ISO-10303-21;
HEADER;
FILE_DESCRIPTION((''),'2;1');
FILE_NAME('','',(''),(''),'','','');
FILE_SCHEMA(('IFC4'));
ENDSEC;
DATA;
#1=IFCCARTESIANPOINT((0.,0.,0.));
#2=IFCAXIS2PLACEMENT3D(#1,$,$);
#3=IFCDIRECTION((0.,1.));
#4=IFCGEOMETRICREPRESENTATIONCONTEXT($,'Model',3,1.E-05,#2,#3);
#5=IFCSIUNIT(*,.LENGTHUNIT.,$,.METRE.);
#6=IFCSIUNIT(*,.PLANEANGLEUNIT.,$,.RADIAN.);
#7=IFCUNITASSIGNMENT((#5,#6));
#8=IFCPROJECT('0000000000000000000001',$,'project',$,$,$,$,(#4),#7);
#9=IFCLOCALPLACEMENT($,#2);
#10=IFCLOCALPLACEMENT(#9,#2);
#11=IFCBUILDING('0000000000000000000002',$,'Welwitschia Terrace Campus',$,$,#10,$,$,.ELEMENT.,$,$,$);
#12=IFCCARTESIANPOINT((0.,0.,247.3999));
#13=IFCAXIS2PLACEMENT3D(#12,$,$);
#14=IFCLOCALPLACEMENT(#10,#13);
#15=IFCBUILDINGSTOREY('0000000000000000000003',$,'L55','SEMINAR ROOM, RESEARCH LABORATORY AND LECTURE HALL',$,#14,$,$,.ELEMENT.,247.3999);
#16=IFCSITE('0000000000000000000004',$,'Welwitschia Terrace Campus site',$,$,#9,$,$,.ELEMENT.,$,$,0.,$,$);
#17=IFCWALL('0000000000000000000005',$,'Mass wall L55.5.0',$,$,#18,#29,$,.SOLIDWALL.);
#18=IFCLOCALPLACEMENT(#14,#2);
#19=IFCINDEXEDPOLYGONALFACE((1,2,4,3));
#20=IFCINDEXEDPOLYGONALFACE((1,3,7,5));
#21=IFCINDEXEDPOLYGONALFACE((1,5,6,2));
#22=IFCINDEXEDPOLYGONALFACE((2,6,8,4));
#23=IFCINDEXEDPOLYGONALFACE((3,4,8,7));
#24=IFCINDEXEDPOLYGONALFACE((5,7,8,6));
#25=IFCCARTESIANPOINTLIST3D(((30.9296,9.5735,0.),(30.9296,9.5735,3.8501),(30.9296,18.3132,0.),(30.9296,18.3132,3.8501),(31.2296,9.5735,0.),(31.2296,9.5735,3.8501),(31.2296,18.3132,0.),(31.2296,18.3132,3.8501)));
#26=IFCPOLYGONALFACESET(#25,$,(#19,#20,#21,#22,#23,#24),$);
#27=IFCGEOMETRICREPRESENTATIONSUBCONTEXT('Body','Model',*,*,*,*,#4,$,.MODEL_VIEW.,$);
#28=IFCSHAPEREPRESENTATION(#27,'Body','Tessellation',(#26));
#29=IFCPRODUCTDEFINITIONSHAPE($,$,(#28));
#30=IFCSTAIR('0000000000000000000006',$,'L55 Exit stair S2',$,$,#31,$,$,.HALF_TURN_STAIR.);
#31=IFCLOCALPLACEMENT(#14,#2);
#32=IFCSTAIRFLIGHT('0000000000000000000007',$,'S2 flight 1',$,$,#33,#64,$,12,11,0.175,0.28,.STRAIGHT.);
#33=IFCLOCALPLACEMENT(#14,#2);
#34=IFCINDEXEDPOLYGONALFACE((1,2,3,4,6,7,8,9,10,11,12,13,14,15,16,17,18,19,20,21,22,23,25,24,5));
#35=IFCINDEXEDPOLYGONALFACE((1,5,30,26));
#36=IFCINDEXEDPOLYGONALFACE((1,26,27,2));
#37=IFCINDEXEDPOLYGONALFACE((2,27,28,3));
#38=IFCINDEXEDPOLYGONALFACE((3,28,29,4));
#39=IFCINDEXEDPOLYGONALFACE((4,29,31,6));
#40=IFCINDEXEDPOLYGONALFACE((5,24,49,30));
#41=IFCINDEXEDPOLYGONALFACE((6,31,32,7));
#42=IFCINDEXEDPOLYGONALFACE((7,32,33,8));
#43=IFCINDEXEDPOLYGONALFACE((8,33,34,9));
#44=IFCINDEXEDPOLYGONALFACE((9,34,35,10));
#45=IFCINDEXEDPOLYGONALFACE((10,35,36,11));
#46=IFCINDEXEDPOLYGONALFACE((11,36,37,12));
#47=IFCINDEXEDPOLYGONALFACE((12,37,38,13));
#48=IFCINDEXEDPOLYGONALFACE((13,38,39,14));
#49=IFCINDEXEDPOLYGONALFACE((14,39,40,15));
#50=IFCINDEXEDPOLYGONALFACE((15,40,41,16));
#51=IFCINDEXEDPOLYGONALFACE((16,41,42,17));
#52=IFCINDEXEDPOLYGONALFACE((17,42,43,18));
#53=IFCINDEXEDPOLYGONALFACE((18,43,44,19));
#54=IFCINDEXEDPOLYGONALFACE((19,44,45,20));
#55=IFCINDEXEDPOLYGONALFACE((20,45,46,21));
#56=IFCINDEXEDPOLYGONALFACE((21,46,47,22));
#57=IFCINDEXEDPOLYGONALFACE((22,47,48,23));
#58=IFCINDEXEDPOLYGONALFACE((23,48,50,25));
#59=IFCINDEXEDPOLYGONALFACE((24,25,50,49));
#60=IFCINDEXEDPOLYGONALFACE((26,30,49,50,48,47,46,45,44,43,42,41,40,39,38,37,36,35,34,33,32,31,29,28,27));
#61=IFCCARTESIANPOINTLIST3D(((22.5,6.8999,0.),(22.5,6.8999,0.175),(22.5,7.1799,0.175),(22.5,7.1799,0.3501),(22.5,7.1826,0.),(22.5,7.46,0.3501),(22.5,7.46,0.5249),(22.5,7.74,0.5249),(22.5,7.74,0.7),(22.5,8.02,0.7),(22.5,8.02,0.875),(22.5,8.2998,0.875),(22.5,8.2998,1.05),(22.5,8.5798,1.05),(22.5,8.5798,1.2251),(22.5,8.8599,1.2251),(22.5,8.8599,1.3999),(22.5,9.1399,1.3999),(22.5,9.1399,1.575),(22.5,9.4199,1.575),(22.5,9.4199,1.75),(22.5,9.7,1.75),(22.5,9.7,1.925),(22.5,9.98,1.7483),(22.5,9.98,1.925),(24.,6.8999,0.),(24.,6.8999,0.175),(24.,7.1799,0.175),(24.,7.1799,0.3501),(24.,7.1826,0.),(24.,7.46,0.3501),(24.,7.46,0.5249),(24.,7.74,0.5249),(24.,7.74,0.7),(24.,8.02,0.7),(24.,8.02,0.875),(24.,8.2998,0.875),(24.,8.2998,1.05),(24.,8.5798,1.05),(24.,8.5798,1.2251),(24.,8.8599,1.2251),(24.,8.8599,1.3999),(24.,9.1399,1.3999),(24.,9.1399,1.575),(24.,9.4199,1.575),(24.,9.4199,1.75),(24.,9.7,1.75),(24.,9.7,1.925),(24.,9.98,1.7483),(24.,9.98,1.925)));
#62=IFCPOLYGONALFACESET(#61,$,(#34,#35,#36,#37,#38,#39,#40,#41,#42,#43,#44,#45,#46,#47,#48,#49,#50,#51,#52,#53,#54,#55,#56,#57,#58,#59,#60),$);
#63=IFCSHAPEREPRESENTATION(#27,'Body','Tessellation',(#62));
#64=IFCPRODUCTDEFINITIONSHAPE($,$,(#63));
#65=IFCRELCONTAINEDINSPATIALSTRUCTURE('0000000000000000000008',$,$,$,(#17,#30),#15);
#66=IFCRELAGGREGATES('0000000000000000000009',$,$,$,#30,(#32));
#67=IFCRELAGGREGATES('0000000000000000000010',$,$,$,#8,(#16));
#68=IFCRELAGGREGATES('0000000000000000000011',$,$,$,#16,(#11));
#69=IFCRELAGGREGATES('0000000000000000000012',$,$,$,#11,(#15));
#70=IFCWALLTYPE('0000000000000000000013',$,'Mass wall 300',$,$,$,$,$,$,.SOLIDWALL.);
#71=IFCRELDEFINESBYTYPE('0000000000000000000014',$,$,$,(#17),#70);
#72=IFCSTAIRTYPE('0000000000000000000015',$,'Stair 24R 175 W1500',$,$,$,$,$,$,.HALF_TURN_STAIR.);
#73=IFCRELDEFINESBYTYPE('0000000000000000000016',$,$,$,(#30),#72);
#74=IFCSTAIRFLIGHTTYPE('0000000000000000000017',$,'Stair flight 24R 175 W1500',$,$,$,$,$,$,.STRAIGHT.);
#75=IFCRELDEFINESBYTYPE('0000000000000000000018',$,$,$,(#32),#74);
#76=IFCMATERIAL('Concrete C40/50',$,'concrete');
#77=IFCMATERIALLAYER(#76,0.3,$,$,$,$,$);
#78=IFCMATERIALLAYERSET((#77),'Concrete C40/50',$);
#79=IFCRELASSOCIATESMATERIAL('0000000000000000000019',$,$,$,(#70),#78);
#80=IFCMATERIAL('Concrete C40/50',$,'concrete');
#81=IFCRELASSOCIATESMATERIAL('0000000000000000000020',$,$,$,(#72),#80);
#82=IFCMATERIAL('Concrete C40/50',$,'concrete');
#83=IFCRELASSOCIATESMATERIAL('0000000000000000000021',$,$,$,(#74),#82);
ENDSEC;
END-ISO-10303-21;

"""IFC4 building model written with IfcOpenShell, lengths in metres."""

from ifc_helpers import new_model, si_unit, direction, frame, frame_2d, origin, place, context, subcontext, project, spatial, polyline, rectangle, outline, extrude, material, layer, layer_set, type_object, element, aggregate, save


model = new_model("IFC4")

# Units and contexts
model_context = context("Model", 3, precision=1e-05, world=origin(), true_north=direction((0.0, 1.0)))
body_context = subcontext(model_context, "Body", "Model", "MODEL_VIEW")
ifc_project = project(units=[si_unit("LENGTHUNIT", "METRE"), si_unit("PLANEANGLEUNIT", "RADIAN")], contexts=[model_context])

# Site, building, storey
site_placement = place(None, origin())
site = spatial("IfcSite", under=ifc_project, at=site_placement, Name="Welwitschia Terrace Campus site", CompositionType="ELEMENT", RefElevation=0.0)
building_placement = place(site_placement, origin())
building = spatial("IfcBuilding", under=site, at=building_placement, Name="Welwitschia Terrace Campus", CompositionType="ELEMENT")
storey_placement = place(building_placement, frame((0.0, 0.0, 247.3999)))
storey = spatial("IfcBuildingStorey", under=building, at=storey_placement, Name="L55", Description="SEMINAR ROOM, RESEARCH LABORATORY AND LECTURE HALL", CompositionType="ELEMENT", Elevation=247.3999)

# Wall
ifc_material_1 = material(Name="Concrete C40/50", Category="concrete")
ifc_layer_1 = layer(ifc_material_1, 0.3)
ifc_layer_set_1 = layer_set([ifc_layer_1], Name="Concrete C40/50")
wall_type_1 = type_object("IfcWallType", Name="Mass wall 300", PredefinedType="SOLIDWALL", material=ifc_layer_set_1)
wall_1_placement = place(storey_placement, frame((31.0796, 9.5735, 0.0), z_axis=(0.0, 0.0, 1.0), x_axis=(0.0, 1.0, 0.0)))
element("IfcWall", 1, at=wall_1_placement, inside=storey, type_object=wall_type_1, Name="Mass wall L55.5.0", PredefinedType="SOLIDWALL", context=body_context, shape_type="SweptSolid", body=[
    extrude(rectangle(XDim=8.7397, YDim=0.3, at=frame_2d((4.3699, 0.0))), origin(), (0.0, 0.0, 1.0), 3.8501),
])

# Stair, stair flight
ifc_material_2 = material(Name="Concrete C40/50", Category="concrete")
stair_type = type_object("IfcStairType", Name="Stair 24R 175 W1500", PredefinedType="HALF_TURN_STAIR", material=ifc_material_2)
stair_placement = place(storey_placement, origin())
stair = element("IfcStair", 2, at=stair_placement, inside=storey, type_object=stair_type, Name="L55 Exit stair S2", PredefinedType="HALF_TURN_STAIR")
ifc_material_3 = material(Name="Concrete C40/50", Category="concrete")
stair_flight_type = type_object("IfcStairFlightType", Name="Stair flight 24R 175 W1500", PredefinedType="STRAIGHT", material=ifc_material_3)
stair_flight_placement = place(storey_placement, frame((23.25, 6.8999, 0.0), z_axis=(0.0, 0.0, 1.0), x_axis=(0.0, 1.0, 0.0)))
stair_flight = element("IfcStairFlight", 3, at=stair_flight_placement, type_object=stair_flight_type, Name="S2 flight 1", NumberOfRisers=12, NumberOfTreads=11, PredefinedType="STRAIGHT", RiserHeight=0.175, TreadLength=0.28, context=body_context, shape_type="SweptSolid", body=[
    extrude(outline(polyline([(0.0, 0.0), (0.0, 0.175), (0.28, 0.175), (0.28, 0.3501), (0.5601, 0.3501), (0.5601, 0.5249), (0.8401, 0.5249), (0.8401, 0.7), (1.1201, 0.7), (1.1201, 0.875), (1.3999, 0.875), (1.3999, 1.05), (1.6799, 1.05), (1.6799, 1.2251), (1.96, 1.2251), (1.96, 1.3999), (2.24, 1.3999), (2.24, 1.575), (2.52, 1.575), (2.52, 1.75), (2.8, 1.75), (2.8, 1.925), (3.0801, 1.925), (3.0801, 2.1001), (3.0801, 1.7483), (0.2827, 0.0), (0.0, 0.0)])), frame((0.0, 0.75, 0.0), z_axis=(0.0, -1.0, 0.0), x_axis=(1.0, 0.0, 0.0)), (0.0, 0.0, 1.0), 1.5),
])
aggregate(stair, [stair_flight])

save(model, "model.ifc")
